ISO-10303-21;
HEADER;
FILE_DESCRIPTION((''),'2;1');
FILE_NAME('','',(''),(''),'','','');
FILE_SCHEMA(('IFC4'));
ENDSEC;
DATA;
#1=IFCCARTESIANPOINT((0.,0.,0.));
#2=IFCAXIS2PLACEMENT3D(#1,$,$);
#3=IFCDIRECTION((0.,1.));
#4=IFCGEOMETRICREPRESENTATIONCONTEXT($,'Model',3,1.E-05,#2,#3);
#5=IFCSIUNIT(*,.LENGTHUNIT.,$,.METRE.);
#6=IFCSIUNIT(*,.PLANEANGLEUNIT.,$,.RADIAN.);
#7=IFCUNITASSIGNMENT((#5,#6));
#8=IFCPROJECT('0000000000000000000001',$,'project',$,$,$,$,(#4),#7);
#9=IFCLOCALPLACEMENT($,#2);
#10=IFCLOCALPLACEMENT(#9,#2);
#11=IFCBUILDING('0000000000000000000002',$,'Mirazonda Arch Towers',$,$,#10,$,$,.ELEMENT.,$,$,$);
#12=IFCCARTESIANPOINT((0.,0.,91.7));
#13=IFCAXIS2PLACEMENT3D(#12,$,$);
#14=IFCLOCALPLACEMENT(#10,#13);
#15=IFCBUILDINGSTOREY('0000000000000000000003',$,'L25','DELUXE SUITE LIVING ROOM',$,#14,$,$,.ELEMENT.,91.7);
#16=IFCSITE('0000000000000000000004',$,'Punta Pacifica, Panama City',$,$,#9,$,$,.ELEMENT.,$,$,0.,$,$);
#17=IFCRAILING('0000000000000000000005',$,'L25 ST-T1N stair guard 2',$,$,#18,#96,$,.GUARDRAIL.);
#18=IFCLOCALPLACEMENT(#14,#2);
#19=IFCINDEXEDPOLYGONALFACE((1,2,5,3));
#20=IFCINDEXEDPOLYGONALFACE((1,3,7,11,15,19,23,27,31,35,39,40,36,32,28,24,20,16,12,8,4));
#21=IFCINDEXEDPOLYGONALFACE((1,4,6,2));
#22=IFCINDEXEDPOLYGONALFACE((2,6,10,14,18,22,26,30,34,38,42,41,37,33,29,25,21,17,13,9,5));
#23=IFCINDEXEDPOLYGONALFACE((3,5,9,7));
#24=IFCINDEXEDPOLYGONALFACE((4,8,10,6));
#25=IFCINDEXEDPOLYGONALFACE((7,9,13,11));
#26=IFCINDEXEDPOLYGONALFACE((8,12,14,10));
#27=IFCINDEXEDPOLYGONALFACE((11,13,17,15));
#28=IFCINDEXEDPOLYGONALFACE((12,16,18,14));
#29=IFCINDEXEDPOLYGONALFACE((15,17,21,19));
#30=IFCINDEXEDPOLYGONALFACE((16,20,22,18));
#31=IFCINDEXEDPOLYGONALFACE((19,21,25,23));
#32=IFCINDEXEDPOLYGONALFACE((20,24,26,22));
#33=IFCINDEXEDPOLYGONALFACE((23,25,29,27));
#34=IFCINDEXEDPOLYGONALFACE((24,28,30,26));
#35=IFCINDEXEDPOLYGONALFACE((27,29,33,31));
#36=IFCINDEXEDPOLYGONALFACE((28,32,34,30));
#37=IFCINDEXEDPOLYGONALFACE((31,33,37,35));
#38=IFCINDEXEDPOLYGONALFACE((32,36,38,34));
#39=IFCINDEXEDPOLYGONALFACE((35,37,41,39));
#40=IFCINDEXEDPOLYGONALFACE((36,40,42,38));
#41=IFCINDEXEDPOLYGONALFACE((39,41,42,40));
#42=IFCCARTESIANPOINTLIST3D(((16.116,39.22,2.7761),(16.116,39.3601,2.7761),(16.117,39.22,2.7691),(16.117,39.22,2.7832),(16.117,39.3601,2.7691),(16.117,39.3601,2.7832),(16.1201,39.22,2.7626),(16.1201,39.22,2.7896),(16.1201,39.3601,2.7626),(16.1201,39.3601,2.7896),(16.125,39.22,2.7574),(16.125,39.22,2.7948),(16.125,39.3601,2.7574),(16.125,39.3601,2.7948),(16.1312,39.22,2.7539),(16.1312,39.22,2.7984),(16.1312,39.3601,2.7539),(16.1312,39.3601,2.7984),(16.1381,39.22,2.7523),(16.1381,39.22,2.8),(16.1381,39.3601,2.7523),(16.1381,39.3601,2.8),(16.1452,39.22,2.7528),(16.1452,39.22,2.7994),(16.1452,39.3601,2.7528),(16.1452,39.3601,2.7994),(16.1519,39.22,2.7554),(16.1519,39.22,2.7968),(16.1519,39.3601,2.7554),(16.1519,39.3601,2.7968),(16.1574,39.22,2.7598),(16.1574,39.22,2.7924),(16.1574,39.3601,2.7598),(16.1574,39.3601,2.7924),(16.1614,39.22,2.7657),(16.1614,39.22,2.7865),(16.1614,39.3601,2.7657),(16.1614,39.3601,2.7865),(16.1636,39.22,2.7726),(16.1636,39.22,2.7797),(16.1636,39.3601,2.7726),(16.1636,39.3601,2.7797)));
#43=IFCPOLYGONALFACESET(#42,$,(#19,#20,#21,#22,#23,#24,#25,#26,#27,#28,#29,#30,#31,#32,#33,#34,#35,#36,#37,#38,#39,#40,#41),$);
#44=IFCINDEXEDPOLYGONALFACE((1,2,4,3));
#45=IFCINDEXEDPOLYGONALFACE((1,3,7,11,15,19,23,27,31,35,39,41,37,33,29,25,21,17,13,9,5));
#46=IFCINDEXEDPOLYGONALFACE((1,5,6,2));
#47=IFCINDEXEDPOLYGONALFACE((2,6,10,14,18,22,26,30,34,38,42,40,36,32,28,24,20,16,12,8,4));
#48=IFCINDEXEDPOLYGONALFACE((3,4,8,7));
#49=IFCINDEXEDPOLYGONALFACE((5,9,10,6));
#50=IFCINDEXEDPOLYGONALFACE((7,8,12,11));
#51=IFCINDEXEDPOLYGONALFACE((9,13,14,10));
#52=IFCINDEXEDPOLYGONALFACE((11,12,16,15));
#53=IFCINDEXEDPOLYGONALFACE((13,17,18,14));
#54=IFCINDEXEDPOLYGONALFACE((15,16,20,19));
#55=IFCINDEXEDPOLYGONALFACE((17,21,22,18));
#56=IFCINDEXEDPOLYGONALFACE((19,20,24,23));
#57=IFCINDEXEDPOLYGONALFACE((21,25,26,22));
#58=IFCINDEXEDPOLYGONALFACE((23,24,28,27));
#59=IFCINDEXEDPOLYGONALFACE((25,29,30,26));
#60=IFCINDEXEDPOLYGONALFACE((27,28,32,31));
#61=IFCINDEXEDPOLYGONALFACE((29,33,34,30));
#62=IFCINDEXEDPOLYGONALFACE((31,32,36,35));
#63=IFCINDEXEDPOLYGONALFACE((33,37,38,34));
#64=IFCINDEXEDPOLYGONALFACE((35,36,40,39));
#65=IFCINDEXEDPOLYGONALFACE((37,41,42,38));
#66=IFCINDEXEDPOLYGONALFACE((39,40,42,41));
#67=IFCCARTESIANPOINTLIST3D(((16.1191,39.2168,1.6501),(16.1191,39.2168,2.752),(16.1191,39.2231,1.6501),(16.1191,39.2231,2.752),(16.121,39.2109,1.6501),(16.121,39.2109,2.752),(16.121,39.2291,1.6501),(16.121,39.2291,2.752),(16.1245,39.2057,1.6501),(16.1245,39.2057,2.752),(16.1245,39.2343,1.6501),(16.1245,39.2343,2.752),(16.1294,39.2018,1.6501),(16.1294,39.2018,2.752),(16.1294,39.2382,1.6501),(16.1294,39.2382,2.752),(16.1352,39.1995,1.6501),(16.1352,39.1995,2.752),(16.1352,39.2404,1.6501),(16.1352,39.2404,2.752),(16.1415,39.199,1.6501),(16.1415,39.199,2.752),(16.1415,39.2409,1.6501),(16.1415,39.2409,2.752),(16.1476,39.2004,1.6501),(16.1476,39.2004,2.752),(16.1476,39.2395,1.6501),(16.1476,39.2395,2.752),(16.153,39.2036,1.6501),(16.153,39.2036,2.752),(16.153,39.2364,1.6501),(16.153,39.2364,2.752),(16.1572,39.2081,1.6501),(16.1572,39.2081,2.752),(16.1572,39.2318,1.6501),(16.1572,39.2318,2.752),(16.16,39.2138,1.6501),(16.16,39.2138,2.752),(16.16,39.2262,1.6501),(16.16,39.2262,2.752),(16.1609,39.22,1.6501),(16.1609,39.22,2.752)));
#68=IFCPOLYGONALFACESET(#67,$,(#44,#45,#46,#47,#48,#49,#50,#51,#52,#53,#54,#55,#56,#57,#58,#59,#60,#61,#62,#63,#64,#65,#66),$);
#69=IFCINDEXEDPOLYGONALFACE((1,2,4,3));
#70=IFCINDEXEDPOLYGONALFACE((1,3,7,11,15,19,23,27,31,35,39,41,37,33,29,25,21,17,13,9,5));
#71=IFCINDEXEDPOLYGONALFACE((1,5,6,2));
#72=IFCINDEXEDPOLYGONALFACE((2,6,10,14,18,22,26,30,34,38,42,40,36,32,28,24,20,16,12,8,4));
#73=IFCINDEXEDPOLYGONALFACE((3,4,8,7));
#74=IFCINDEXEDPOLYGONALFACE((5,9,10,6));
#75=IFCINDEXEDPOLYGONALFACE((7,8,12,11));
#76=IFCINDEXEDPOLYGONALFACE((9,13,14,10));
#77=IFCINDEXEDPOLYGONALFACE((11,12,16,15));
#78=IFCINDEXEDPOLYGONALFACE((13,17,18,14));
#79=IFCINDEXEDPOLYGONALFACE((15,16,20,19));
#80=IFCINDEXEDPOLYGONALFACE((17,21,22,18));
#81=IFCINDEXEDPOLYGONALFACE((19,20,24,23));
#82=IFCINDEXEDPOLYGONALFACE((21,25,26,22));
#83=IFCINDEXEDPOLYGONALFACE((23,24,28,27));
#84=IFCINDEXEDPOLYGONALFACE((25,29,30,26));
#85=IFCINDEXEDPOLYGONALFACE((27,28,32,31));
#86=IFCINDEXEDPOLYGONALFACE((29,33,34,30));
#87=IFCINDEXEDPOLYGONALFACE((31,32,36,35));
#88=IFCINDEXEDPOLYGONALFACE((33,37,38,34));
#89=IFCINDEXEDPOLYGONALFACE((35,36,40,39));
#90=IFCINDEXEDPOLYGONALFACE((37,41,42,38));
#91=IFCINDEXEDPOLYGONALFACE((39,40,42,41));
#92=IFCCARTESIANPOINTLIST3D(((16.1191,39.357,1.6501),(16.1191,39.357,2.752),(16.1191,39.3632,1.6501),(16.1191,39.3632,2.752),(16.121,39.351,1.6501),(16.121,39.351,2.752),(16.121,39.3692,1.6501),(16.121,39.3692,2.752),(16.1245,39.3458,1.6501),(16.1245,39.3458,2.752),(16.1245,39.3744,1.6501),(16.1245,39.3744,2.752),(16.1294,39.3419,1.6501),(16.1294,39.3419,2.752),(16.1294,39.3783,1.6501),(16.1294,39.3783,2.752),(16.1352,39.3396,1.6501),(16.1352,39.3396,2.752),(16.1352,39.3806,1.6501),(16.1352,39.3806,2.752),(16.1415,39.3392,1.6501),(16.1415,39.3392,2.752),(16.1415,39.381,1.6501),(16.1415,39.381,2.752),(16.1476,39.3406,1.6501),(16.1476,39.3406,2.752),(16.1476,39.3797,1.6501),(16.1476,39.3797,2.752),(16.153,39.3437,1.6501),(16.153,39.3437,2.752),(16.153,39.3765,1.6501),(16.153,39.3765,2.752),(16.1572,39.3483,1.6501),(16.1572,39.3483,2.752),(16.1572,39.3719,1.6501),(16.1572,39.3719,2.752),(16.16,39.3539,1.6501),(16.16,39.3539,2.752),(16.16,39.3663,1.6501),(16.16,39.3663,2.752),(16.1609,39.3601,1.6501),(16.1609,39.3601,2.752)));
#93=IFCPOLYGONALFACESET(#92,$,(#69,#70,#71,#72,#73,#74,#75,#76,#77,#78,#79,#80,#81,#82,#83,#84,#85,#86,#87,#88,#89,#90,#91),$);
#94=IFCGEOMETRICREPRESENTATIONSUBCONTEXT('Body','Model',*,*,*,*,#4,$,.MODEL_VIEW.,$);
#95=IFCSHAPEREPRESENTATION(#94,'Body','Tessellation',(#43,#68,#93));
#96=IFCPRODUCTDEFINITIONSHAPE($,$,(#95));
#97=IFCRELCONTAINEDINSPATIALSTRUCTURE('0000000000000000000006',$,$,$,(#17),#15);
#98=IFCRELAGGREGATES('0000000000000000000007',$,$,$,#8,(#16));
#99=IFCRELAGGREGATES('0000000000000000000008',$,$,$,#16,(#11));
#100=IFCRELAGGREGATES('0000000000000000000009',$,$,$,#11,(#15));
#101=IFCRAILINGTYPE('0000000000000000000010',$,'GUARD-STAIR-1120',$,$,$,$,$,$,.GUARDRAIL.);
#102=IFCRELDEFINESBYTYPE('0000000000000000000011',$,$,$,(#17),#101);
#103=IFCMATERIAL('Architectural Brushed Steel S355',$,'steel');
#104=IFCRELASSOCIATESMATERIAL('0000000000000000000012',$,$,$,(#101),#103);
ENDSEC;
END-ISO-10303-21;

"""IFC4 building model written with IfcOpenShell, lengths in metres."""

from ifc_helpers import new_model, si_unit, direction, frame, origin, origin_2d, place, context, subcontext, project, spatial, circle, extrude, material, type_object, element, save


model = new_model("IFC4")

# Units and contexts
model_context = context("Model", 3, precision=1e-05, world=origin(), true_north=direction((0.0, 1.0)))
body_context = subcontext(model_context, "Body", "Model", "MODEL_VIEW")
ifc_project = project(units=[si_unit("LENGTHUNIT", "METRE"), si_unit("PLANEANGLEUNIT", "RADIAN")], contexts=[model_context])

# Site, building, storey
site_placement = place(None, origin())
site = spatial("IfcSite", under=ifc_project, at=site_placement, Name="Punta Pacifica, Panama City", CompositionType="ELEMENT", RefElevation=0.0)
building_placement = place(site_placement, origin())
building = spatial("IfcBuilding", under=site, at=building_placement, Name="Mirazonda Arch Towers", CompositionType="ELEMENT")
storey_placement = place(building_placement, frame((0.0, 0.0, 91.7)))
storey = spatial("IfcBuildingStorey", under=building, at=storey_placement, Name="L25", Description="DELUXE SUITE LIVING ROOM", CompositionType="ELEMENT", Elevation=91.7)

# Shared definitions
ifc_material_1 = material(Name="Architectural Brushed Steel S355", Category="steel")

# Railing
railing_type_1 = type_object("IfcRailingType", Name="GUARD-STAIR-1120", PredefinedType="GUARDRAIL", material=ifc_material_1)
railing_1_placement = place(storey_placement, frame((16.1399, 39.22, 1.6501)))
element("IfcRailing", 1, at=railing_1_placement, inside=storey, type_object=railing_type_1, Name="L25 ST-T1N stair guard 2", PredefinedType="GUARDRAIL", context=body_context, shape_type="SweptSolid", body=[
    extrude(circle(Radius=0.0239, at=origin_2d()), frame((0.0, 0.0, 1.126), z_axis=(0.0, 1.0, 0.0), x_axis=(-1.0, 0.0, 0.0)), (0.0, 0.0, 1.0), 0.1401),
    extrude(circle(Radius=0.021, at=origin_2d()), origin(), (0.0, 0.0, 1.0), 1.1018),
    extrude(circle(Radius=0.021, at=origin_2d()), frame((0.0, 0.1401, 0.0)), (0.0, 0.0, 1.0), 1.1018),
])

save(model, "model.ifc")
